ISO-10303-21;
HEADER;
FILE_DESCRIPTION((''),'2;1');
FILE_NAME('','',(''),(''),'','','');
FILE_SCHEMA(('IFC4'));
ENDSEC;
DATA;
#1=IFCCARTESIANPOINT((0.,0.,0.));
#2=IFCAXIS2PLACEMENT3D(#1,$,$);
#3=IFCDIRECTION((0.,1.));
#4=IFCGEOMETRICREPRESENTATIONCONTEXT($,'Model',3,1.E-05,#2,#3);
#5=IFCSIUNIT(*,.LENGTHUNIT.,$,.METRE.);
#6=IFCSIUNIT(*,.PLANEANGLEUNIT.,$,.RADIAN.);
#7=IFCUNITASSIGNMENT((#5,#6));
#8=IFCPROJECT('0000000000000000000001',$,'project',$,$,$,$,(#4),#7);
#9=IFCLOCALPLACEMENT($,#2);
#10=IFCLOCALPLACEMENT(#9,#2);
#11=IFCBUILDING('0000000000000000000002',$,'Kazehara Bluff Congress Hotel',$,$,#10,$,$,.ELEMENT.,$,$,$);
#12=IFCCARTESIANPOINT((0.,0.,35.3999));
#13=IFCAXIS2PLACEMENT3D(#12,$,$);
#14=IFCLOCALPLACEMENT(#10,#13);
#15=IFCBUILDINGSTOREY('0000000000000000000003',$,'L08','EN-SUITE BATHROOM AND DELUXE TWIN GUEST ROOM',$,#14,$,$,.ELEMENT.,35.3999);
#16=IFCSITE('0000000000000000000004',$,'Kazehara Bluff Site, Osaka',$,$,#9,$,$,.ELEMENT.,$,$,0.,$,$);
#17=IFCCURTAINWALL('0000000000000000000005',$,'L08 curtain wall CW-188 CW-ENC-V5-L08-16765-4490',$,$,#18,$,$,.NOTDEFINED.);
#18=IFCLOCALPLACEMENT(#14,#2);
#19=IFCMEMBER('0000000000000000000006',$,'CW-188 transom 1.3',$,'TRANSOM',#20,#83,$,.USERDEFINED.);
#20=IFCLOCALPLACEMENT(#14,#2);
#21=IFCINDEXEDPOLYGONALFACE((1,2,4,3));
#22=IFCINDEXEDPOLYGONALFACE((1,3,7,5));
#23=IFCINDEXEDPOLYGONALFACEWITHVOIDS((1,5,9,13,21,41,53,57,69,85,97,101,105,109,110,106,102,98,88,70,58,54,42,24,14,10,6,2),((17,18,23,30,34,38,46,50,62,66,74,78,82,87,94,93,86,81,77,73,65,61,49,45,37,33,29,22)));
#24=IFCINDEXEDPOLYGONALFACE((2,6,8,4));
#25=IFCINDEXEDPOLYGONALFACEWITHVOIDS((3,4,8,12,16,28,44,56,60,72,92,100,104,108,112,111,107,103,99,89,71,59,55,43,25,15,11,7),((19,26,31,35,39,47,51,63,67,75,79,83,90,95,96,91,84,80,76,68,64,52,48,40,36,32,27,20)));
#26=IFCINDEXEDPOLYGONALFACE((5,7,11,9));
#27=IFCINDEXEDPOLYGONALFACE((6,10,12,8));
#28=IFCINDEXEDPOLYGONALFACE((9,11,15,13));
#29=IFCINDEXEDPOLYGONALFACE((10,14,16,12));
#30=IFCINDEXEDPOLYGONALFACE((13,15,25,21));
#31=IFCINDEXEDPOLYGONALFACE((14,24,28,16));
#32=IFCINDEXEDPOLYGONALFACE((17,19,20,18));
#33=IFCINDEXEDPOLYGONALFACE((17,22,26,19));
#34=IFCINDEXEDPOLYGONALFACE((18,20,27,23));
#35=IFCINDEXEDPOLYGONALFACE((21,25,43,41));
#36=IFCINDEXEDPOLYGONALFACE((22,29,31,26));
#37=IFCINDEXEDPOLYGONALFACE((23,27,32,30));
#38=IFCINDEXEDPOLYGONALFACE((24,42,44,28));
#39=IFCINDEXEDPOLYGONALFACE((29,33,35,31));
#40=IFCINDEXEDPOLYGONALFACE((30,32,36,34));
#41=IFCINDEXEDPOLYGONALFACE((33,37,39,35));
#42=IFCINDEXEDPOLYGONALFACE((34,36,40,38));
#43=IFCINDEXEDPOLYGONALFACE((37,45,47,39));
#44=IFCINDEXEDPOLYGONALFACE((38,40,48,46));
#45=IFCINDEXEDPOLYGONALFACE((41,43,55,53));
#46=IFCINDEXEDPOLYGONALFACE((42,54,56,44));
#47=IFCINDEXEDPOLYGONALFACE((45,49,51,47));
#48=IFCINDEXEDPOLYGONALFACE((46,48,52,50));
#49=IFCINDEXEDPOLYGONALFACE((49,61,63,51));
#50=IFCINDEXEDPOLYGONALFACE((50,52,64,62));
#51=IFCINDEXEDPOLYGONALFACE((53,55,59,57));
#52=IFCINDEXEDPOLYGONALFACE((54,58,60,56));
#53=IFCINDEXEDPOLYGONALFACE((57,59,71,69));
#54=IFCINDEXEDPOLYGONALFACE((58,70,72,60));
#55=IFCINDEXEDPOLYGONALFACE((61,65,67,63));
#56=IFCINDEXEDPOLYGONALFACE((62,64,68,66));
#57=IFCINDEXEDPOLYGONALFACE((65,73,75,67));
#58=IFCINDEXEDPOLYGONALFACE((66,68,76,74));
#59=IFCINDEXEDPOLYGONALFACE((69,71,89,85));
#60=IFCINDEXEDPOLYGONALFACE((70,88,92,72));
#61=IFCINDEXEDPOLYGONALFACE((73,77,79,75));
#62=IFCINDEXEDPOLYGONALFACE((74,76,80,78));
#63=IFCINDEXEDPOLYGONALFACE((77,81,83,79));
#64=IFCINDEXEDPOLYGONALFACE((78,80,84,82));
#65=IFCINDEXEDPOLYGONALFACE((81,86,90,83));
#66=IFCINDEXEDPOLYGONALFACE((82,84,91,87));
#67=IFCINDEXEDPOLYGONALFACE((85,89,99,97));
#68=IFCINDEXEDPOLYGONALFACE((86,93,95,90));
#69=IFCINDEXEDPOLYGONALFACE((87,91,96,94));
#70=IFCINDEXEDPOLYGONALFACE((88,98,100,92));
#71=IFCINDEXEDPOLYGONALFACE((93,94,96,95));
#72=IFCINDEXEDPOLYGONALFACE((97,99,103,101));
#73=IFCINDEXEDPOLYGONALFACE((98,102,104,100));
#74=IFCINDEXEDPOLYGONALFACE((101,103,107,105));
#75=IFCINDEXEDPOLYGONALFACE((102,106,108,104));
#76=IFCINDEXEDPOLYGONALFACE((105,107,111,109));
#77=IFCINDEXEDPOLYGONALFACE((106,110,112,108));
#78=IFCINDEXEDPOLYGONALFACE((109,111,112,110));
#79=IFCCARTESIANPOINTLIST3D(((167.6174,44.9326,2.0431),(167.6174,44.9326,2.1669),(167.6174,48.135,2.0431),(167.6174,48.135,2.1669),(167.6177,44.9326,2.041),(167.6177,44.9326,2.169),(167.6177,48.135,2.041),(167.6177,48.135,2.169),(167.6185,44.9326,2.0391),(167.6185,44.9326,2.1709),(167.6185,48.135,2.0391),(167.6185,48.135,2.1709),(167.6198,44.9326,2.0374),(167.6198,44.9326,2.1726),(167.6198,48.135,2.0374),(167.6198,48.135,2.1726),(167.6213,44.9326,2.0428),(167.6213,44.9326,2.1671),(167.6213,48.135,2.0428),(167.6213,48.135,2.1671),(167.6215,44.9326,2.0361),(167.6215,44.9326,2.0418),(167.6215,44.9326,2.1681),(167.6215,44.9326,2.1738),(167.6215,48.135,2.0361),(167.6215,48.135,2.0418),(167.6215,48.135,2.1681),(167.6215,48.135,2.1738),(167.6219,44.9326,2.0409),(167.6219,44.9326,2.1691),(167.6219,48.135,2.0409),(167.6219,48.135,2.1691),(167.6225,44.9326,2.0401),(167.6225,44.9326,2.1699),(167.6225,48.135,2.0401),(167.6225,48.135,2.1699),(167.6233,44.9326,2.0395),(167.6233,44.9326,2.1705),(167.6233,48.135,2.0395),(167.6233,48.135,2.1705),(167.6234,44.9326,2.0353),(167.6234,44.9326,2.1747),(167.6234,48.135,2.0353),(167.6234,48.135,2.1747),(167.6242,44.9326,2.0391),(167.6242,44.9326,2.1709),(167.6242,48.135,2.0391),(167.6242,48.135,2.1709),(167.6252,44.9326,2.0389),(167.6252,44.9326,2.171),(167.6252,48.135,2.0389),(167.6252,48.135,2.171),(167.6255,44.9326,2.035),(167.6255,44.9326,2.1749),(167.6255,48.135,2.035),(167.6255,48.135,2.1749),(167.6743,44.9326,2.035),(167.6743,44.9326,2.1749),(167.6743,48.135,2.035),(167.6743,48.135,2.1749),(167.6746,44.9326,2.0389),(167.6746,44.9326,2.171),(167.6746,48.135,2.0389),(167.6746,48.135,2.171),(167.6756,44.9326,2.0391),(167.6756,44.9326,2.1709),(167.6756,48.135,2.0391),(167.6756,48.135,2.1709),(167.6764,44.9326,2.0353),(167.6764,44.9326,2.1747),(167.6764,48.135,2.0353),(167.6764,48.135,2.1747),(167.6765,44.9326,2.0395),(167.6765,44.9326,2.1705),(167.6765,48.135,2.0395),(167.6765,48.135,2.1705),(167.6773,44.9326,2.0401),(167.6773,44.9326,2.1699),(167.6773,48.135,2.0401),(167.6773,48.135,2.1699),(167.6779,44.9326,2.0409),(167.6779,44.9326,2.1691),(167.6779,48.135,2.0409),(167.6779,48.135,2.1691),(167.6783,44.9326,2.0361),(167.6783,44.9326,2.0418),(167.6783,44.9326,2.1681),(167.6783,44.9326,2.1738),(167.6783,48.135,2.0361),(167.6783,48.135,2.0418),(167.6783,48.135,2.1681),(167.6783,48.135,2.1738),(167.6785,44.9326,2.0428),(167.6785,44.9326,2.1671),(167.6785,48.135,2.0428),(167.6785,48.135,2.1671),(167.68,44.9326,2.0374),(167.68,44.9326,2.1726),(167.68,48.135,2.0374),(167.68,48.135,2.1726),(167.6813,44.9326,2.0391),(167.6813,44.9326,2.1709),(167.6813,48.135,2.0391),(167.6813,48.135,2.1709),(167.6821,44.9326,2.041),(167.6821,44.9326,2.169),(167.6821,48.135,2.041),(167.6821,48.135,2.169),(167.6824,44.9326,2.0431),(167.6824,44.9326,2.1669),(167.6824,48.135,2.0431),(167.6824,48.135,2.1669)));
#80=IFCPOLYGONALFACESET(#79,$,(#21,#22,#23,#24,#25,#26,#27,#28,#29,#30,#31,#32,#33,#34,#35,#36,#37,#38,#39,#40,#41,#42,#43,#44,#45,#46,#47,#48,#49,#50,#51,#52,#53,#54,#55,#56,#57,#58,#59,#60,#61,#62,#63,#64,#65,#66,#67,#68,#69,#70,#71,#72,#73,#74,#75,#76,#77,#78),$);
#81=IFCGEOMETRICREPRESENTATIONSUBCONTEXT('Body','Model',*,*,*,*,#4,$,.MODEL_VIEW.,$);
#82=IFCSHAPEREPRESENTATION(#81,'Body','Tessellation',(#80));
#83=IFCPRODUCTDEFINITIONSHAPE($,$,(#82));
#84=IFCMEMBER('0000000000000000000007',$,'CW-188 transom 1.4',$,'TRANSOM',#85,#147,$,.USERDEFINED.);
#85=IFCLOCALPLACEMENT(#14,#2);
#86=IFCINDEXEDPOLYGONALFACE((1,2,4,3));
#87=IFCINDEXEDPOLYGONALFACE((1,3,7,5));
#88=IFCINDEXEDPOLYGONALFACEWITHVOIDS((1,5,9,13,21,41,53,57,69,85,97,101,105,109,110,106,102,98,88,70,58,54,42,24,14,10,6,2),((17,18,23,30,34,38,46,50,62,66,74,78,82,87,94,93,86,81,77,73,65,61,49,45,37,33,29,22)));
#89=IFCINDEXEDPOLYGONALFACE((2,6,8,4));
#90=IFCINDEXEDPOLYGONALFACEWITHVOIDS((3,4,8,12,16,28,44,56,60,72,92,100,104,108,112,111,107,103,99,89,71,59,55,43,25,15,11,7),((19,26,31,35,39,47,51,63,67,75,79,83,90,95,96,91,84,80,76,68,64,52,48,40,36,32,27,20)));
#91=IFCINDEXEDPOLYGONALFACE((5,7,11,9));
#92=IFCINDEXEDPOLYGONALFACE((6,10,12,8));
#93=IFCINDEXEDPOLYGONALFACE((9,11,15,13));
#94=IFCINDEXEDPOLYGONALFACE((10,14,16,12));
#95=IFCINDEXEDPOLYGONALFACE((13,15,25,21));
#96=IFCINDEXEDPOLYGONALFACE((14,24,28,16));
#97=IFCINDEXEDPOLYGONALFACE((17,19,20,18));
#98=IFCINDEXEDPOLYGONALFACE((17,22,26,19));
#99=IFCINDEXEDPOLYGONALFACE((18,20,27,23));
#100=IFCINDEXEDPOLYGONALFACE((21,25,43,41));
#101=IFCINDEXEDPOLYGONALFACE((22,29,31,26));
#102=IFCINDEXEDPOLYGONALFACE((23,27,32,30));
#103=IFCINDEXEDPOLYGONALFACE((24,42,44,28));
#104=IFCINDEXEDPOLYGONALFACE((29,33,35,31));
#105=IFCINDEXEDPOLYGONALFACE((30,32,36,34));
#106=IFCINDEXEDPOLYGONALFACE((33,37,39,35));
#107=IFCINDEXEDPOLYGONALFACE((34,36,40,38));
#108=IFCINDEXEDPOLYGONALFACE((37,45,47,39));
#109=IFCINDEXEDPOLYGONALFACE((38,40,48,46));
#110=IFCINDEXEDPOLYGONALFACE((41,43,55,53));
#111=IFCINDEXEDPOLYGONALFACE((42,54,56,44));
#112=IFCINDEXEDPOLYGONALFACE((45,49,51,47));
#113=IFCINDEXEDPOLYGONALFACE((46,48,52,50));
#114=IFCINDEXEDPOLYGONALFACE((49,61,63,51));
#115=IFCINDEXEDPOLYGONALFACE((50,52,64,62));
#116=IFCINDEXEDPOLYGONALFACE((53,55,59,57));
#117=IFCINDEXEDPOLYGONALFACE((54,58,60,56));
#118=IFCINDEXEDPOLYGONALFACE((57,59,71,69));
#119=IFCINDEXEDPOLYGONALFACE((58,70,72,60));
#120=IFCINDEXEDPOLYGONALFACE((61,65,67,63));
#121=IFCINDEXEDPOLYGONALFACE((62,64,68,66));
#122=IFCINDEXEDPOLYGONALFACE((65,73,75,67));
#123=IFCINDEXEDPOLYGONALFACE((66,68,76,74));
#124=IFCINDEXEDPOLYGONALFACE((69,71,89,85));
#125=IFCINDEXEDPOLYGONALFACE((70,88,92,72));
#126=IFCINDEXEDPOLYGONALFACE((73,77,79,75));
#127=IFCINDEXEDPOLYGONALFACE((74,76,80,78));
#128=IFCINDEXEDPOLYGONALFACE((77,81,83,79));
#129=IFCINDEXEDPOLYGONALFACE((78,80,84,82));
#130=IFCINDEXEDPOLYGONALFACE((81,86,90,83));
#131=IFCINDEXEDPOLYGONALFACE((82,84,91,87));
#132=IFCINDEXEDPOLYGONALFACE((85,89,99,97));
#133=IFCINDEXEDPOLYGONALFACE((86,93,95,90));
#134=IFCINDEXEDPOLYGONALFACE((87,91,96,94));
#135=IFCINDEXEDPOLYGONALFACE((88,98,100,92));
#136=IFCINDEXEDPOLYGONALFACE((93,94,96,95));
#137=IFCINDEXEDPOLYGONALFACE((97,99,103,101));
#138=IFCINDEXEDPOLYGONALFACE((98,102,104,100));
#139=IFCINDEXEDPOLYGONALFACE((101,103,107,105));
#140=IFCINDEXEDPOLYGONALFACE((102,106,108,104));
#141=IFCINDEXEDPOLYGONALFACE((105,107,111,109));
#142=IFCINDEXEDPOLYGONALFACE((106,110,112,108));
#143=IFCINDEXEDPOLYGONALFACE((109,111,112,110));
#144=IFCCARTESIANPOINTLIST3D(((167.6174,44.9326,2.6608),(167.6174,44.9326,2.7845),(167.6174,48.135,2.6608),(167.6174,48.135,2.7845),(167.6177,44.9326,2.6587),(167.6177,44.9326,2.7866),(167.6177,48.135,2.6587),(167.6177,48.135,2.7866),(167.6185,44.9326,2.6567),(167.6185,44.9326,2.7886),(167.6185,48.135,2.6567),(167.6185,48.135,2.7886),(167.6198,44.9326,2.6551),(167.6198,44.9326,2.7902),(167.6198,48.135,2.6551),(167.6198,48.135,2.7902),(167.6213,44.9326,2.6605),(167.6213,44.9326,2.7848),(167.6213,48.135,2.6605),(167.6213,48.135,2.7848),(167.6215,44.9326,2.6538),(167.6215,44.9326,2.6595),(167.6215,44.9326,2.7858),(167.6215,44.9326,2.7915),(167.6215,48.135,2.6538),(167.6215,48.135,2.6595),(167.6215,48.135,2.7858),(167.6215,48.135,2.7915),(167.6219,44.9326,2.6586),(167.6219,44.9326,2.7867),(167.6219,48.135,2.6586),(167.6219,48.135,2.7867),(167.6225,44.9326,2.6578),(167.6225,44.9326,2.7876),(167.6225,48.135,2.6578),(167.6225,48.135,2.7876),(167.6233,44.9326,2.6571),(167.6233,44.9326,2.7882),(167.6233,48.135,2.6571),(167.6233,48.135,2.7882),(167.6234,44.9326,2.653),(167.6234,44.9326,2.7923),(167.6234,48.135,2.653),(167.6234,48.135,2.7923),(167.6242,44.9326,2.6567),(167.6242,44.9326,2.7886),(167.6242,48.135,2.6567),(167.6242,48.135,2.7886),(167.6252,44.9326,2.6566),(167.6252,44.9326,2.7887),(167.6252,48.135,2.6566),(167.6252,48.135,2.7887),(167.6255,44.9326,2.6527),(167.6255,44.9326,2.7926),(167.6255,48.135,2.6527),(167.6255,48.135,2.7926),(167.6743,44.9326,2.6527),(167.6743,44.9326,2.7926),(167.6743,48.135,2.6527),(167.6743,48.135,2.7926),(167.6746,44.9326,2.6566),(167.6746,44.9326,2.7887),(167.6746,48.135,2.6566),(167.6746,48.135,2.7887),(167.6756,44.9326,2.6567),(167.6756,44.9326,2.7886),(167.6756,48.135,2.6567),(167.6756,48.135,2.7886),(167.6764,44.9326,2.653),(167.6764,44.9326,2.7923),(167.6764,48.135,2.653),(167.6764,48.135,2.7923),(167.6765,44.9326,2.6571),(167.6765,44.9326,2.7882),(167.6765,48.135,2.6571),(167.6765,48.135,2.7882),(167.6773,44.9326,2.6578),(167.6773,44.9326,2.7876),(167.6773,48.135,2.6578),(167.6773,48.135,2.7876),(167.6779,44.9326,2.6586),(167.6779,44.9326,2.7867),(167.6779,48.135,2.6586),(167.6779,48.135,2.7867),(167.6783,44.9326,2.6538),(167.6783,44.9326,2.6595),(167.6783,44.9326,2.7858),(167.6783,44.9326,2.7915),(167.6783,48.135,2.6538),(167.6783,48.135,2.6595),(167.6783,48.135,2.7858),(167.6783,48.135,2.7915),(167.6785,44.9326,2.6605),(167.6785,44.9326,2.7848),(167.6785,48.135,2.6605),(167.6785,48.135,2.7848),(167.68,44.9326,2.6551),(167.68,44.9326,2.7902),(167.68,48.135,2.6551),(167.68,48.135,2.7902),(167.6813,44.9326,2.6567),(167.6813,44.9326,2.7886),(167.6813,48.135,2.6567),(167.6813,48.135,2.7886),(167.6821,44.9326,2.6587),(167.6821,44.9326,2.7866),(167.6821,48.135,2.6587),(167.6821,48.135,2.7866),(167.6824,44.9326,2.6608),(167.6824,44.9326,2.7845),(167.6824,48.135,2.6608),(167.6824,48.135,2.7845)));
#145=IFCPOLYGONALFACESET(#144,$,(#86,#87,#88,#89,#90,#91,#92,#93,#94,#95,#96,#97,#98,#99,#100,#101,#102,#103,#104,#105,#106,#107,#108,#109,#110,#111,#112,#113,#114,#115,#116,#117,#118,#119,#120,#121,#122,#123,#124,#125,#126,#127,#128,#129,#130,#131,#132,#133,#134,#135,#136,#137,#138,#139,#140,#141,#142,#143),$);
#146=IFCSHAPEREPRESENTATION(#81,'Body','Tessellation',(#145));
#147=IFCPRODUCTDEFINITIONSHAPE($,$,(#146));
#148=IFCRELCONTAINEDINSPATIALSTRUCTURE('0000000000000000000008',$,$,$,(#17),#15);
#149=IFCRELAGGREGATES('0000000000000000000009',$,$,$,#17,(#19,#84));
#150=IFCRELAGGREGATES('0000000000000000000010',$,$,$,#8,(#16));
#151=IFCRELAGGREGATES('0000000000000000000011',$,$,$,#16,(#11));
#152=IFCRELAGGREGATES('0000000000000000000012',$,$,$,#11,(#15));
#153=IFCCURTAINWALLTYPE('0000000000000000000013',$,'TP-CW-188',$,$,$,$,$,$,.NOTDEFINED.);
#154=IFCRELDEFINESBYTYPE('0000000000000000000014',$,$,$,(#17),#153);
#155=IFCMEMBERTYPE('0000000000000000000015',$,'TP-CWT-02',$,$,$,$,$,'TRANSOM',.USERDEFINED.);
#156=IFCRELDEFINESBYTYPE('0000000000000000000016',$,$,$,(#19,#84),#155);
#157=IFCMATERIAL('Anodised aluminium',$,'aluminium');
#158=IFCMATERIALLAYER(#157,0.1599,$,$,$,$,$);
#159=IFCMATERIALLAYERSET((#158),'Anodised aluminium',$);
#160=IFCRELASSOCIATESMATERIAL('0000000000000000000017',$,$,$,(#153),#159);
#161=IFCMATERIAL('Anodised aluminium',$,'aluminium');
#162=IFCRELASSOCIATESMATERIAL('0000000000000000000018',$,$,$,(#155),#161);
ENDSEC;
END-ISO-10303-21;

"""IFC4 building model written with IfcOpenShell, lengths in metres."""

from ifc_helpers import new_model, si_unit, direction, frame, origin, origin_2d, place, context, subcontext, project, spatial, hollow_rectangle, extrude, material, layer, layer_set, material_profile, profile_set, type_object, element, aggregate, save


model = new_model("IFC4")

# Units and contexts
model_context = context("Model", 3, precision=1e-05, world=origin(), true_north=direction((0.0, 1.0)))
body_context = subcontext(model_context, "Body", "Model", "MODEL_VIEW")
ifc_project = project(units=[si_unit("LENGTHUNIT", "METRE"), si_unit("PLANEANGLEUNIT", "RADIAN")], contexts=[model_context])

# Site, building, storey
site_placement = place(None, origin())
site = spatial("IfcSite", under=ifc_project, at=site_placement, Name="Kazehara Bluff Site, Osaka", CompositionType="ELEMENT", RefElevation=0.0)
building_placement = place(site_placement, origin())
building = spatial("IfcBuilding", under=site, at=building_placement, Name="Kazehara Bluff Congress Hotel", CompositionType="ELEMENT")
storey_placement = place(building_placement, frame((0.0, 0.0, 35.3999)))
storey = spatial("IfcBuildingStorey", under=building, at=storey_placement, Name="L08", Description="EN-SUITE BATHROOM AND DELUXE TWIN GUEST ROOM", CompositionType="ELEMENT", Elevation=35.3999)

# Curtain wall, members
ifc_material_1 = material(Name="Anodised aluminium", Category="aluminium")
ifc_layer_1 = layer(ifc_material_1, 0.1599)
ifc_layer_set_1 = layer_set([ifc_layer_1], Name="Anodised aluminium")
curtain_wall_type = type_object("IfcCurtainWallType", Name="TP-CW-188", PredefinedType="NOTDEFINED", material=ifc_layer_set_1)
curtain_wall_placement = place(storey_placement, origin())
curtain_wall = element("IfcCurtainWall", 1, at=curtain_wall_placement, inside=storey, type_object=curtain_wall_type, Name="L08 curtain wall CW-188 CW-ENC-V5-L08-16765-4490", PredefinedType="NOTDEFINED")
ifc_material_2 = material(Name="Anodised aluminium", Category="aluminium")
ifc_material_profile_1 = material_profile(ifc_material_2, hollow_rectangle(XDim=0.0649, YDim=0.1399, WallThickness=0.0039, InnerFilletRadius=0.0039, OuterFilletRadius=0.0081, at=origin_2d()))
ifc_profile_set_1 = profile_set([ifc_material_profile_1], Name="Anodised aluminium")
member_type_1 = type_object("IfcMemberType", Name="TP-CWT-02", ElementType="TRANSOM", PredefinedType="USERDEFINED", material=ifc_profile_set_1)
member_1_placement = place(storey_placement, frame((167.6499, 48.135, 2.105), z_axis=(0.0, -1.0, 0.0), x_axis=(1.0, 0.0, 0.0)))
member_1 = element("IfcMember", 2, at=member_1_placement, type_object=member_type_1, Name="CW-188 transom 1.3", ObjectType="TRANSOM", PredefinedType="USERDEFINED", context=body_context, shape_type="SweptSolid", body=[
    extrude(hollow_rectangle(XDim=0.0649, YDim=0.1399, WallThickness=0.0039, InnerFilletRadius=0.0039, OuterFilletRadius=0.0081, at=origin_2d()), origin(), (0.0, 0.0, 1.0), 3.2024),
])
member_2_placement = place(storey_placement, frame((167.6499, 48.135, 2.7227), z_axis=(0.0, -1.0, 0.0), x_axis=(1.0, 0.0, 0.0)))
member_2 = element("IfcMember", 3, at=member_2_placement, type_object=member_type_1, Name="CW-188 transom 1.4", ObjectType="TRANSOM", PredefinedType="USERDEFINED", context=body_context, shape_type="SweptSolid", body=[
    extrude(hollow_rectangle(XDim=0.0649, YDim=0.1399, WallThickness=0.0039, InnerFilletRadius=0.0039, OuterFilletRadius=0.0081, at=origin_2d()), origin(), (0.0, 0.0, 1.0), 3.2024),
])
aggregate(curtain_wall, [member_1, member_2])

save(model, "model.ifc")
